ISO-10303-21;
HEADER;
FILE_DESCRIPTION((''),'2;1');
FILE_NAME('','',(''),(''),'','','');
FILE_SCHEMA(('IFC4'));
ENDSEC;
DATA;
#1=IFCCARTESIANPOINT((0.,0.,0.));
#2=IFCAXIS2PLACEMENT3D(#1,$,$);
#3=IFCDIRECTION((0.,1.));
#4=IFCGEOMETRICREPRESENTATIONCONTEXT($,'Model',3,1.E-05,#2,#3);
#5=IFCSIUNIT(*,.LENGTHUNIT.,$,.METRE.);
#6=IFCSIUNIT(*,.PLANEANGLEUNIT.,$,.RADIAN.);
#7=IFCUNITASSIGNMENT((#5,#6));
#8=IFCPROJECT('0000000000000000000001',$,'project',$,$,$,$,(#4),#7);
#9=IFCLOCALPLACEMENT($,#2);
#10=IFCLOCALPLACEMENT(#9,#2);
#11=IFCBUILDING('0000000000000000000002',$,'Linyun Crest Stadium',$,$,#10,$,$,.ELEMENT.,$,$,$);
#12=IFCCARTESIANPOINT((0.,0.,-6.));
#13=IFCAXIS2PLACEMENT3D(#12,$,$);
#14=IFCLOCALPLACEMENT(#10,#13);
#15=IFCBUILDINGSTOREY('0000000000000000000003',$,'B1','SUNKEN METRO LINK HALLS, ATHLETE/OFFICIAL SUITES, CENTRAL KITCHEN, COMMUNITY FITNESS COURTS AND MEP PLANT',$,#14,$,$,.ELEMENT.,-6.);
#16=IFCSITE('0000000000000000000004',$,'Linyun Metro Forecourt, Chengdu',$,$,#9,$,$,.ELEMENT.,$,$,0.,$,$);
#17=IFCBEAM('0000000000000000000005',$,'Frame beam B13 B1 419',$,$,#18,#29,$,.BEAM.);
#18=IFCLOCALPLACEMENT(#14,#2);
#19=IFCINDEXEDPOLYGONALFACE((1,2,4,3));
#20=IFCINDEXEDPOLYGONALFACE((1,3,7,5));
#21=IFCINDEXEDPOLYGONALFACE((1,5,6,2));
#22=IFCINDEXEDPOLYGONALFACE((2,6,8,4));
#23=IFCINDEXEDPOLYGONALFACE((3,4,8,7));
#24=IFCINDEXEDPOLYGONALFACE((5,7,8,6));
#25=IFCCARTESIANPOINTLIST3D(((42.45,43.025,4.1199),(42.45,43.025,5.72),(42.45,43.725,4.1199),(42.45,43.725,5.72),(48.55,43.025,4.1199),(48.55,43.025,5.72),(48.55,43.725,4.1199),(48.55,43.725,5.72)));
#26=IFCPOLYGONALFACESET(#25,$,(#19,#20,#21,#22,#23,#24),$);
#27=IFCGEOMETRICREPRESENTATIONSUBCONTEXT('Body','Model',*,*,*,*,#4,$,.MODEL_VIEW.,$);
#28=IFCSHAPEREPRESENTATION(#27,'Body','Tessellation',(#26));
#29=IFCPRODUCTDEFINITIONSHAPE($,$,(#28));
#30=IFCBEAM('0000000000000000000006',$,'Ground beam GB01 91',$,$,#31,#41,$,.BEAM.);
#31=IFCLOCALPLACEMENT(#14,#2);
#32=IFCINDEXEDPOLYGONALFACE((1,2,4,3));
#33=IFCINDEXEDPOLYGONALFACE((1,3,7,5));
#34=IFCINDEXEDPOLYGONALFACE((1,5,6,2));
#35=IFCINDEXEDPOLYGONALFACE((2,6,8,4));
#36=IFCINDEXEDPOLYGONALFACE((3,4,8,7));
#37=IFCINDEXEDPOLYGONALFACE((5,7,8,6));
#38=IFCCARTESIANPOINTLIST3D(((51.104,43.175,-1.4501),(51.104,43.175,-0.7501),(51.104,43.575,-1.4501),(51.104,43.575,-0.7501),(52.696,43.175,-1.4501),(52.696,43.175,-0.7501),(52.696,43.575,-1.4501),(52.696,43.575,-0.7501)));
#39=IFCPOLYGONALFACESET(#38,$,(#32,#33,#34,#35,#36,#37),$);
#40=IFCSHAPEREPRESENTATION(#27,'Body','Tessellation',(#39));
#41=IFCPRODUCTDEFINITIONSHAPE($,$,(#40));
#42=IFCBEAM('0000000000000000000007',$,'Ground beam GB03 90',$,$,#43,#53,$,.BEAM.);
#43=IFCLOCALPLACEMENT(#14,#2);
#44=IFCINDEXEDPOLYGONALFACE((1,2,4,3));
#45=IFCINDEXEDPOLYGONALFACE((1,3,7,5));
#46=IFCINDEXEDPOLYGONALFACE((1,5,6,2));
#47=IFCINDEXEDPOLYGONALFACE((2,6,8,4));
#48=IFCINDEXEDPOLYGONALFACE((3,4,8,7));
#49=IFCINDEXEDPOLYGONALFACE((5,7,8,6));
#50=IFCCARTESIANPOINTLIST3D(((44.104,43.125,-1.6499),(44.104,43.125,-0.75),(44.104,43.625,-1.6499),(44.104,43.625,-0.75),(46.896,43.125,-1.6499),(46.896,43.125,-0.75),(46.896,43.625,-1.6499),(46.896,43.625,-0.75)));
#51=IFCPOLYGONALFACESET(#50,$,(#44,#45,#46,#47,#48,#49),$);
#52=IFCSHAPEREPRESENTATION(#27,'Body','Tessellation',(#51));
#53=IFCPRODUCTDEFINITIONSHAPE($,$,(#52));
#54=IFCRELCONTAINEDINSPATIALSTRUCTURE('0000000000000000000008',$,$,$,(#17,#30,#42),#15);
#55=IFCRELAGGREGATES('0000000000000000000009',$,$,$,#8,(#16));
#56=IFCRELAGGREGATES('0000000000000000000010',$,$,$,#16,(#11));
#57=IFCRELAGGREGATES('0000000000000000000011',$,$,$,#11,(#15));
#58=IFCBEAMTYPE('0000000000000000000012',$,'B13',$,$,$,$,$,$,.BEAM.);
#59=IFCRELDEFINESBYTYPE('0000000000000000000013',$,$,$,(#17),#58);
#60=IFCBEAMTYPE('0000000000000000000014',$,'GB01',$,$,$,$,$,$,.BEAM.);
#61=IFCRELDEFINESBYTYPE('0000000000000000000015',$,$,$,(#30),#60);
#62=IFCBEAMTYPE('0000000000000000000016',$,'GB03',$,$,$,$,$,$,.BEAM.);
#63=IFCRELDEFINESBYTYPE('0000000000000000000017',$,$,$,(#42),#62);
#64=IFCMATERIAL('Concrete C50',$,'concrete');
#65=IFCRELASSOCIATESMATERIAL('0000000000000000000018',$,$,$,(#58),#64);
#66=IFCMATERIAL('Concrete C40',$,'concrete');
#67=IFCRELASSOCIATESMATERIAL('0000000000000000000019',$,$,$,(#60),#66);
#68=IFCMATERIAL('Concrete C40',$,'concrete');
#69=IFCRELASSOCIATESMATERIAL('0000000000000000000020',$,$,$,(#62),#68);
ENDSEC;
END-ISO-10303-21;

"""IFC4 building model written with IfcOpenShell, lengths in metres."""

from ifc_helpers import new_model, si_unit, direction, frame, origin, origin_2d, place, context, subcontext, project, spatial, rectangle, extrude, material, material_profile, profile_set, type_object, element, save


model = new_model("IFC4")

# Units and contexts
model_context = context("Model", 3, precision=1e-05, world=origin(), true_north=direction((0.0, 1.0)))
body_context = subcontext(model_context, "Body", "Model", "MODEL_VIEW")
ifc_project = project(units=[si_unit("LENGTHUNIT", "METRE"), si_unit("PLANEANGLEUNIT", "RADIAN")], contexts=[model_context])

# Site, building, storey
site_placement = place(None, origin())
site = spatial("IfcSite", under=ifc_project, at=site_placement, Name="Linyun Metro Forecourt, Chengdu", CompositionType="ELEMENT", RefElevation=0.0)
building_placement = place(site_placement, origin())
building = spatial("IfcBuilding", under=site, at=building_placement, Name="Linyun Crest Stadium", CompositionType="ELEMENT")
storey_placement = place(building_placement, frame((0.0, 0.0, -6.0)))
storey = spatial("IfcBuildingStorey", under=building, at=storey_placement, Name="B1", Description="SUNKEN METRO LINK HALLS, ATHLETE/OFFICIAL SUITES, CENTRAL KITCHEN, COMMUNITY FITNESS COURTS AND MEP PLANT", CompositionType="ELEMENT", Elevation=-6.0)

# Beams
ifc_material_1 = material(Name="Concrete C50", Category="concrete")
ifc_material_profile_1 = material_profile(ifc_material_1, rectangle(XDim=0.7, YDim=1.6001, at=origin_2d()), Name="RCB 1600x700")
ifc_profile_set_1 = profile_set([ifc_material_profile_1], Name="Concrete C50")
beam_type_1 = type_object("IfcBeamType", Name="B13", PredefinedType="BEAM", material=ifc_profile_set_1)
beam_1_placement = place(storey_placement, frame((42.45, 43.375, 4.9199), z_axis=(1.0, 0.0, 0.0), x_axis=(0.0, 1.0, 0.0)))
element("IfcBeam", 1, at=beam_1_placement, inside=storey, type_object=beam_type_1, Name="Frame beam B13 B1 419", PredefinedType="BEAM", context=body_context, shape_type="SweptSolid", body=[
    extrude(rectangle(XDim=0.7, YDim=1.6001, at=origin_2d()), origin(), (0.0, 0.0, 1.0), 6.1001),
])
ifc_material_2 = material(Name="Concrete C40", Category="concrete")
ifc_material_profile_2 = material_profile(ifc_material_2, rectangle(XDim=0.3999, YDim=0.7, at=origin_2d()), Name="RCB 700x400")
ifc_profile_set_2 = profile_set([ifc_material_profile_2], Name="Concrete C40")
beam_type_2 = type_object("IfcBeamType", Name="GB01", PredefinedType="BEAM", material=ifc_profile_set_2)
beam_2_placement = place(storey_placement, frame((51.104, 43.375, -1.1001), z_axis=(1.0, 0.0, 0.0), x_axis=(0.0, 1.0, 0.0)))
element("IfcBeam", 2, at=beam_2_placement, inside=storey, type_object=beam_type_2, Name="Ground beam GB01 91", PredefinedType="BEAM", context=body_context, shape_type="SweptSolid", body=[
    extrude(rectangle(XDim=0.3999, YDim=0.7, at=origin_2d()), origin(), (0.0, 0.0, 1.0), 1.592),
])
ifc_material_3 = material(Name="Concrete C40", Category="concrete")
ifc_material_profile_3 = material_profile(ifc_material_3, rectangle(XDim=0.5, YDim=0.8999, at=origin_2d()), Name="RCB 900x500")
ifc_profile_set_3 = profile_set([ifc_material_profile_3], Name="Concrete C40")
beam_type_3 = type_object("IfcBeamType", Name="GB03", PredefinedType="BEAM", material=ifc_profile_set_3)
beam_3_placement = place(storey_placement, frame((44.104, 43.375, -1.2), z_axis=(1.0, 0.0, 0.0), x_axis=(0.0, 1.0, 0.0)))
element("IfcBeam", 3, at=beam_3_placement, inside=storey, type_object=beam_type_3, Name="Ground beam GB03 90", PredefinedType="BEAM", context=body_context, shape_type="SweptSolid", body=[
    extrude(rectangle(XDim=0.5, YDim=0.8999, at=origin_2d()), origin(), (0.0, 0.0, 1.0), 2.792),
])

save(model, "model.ifc")
